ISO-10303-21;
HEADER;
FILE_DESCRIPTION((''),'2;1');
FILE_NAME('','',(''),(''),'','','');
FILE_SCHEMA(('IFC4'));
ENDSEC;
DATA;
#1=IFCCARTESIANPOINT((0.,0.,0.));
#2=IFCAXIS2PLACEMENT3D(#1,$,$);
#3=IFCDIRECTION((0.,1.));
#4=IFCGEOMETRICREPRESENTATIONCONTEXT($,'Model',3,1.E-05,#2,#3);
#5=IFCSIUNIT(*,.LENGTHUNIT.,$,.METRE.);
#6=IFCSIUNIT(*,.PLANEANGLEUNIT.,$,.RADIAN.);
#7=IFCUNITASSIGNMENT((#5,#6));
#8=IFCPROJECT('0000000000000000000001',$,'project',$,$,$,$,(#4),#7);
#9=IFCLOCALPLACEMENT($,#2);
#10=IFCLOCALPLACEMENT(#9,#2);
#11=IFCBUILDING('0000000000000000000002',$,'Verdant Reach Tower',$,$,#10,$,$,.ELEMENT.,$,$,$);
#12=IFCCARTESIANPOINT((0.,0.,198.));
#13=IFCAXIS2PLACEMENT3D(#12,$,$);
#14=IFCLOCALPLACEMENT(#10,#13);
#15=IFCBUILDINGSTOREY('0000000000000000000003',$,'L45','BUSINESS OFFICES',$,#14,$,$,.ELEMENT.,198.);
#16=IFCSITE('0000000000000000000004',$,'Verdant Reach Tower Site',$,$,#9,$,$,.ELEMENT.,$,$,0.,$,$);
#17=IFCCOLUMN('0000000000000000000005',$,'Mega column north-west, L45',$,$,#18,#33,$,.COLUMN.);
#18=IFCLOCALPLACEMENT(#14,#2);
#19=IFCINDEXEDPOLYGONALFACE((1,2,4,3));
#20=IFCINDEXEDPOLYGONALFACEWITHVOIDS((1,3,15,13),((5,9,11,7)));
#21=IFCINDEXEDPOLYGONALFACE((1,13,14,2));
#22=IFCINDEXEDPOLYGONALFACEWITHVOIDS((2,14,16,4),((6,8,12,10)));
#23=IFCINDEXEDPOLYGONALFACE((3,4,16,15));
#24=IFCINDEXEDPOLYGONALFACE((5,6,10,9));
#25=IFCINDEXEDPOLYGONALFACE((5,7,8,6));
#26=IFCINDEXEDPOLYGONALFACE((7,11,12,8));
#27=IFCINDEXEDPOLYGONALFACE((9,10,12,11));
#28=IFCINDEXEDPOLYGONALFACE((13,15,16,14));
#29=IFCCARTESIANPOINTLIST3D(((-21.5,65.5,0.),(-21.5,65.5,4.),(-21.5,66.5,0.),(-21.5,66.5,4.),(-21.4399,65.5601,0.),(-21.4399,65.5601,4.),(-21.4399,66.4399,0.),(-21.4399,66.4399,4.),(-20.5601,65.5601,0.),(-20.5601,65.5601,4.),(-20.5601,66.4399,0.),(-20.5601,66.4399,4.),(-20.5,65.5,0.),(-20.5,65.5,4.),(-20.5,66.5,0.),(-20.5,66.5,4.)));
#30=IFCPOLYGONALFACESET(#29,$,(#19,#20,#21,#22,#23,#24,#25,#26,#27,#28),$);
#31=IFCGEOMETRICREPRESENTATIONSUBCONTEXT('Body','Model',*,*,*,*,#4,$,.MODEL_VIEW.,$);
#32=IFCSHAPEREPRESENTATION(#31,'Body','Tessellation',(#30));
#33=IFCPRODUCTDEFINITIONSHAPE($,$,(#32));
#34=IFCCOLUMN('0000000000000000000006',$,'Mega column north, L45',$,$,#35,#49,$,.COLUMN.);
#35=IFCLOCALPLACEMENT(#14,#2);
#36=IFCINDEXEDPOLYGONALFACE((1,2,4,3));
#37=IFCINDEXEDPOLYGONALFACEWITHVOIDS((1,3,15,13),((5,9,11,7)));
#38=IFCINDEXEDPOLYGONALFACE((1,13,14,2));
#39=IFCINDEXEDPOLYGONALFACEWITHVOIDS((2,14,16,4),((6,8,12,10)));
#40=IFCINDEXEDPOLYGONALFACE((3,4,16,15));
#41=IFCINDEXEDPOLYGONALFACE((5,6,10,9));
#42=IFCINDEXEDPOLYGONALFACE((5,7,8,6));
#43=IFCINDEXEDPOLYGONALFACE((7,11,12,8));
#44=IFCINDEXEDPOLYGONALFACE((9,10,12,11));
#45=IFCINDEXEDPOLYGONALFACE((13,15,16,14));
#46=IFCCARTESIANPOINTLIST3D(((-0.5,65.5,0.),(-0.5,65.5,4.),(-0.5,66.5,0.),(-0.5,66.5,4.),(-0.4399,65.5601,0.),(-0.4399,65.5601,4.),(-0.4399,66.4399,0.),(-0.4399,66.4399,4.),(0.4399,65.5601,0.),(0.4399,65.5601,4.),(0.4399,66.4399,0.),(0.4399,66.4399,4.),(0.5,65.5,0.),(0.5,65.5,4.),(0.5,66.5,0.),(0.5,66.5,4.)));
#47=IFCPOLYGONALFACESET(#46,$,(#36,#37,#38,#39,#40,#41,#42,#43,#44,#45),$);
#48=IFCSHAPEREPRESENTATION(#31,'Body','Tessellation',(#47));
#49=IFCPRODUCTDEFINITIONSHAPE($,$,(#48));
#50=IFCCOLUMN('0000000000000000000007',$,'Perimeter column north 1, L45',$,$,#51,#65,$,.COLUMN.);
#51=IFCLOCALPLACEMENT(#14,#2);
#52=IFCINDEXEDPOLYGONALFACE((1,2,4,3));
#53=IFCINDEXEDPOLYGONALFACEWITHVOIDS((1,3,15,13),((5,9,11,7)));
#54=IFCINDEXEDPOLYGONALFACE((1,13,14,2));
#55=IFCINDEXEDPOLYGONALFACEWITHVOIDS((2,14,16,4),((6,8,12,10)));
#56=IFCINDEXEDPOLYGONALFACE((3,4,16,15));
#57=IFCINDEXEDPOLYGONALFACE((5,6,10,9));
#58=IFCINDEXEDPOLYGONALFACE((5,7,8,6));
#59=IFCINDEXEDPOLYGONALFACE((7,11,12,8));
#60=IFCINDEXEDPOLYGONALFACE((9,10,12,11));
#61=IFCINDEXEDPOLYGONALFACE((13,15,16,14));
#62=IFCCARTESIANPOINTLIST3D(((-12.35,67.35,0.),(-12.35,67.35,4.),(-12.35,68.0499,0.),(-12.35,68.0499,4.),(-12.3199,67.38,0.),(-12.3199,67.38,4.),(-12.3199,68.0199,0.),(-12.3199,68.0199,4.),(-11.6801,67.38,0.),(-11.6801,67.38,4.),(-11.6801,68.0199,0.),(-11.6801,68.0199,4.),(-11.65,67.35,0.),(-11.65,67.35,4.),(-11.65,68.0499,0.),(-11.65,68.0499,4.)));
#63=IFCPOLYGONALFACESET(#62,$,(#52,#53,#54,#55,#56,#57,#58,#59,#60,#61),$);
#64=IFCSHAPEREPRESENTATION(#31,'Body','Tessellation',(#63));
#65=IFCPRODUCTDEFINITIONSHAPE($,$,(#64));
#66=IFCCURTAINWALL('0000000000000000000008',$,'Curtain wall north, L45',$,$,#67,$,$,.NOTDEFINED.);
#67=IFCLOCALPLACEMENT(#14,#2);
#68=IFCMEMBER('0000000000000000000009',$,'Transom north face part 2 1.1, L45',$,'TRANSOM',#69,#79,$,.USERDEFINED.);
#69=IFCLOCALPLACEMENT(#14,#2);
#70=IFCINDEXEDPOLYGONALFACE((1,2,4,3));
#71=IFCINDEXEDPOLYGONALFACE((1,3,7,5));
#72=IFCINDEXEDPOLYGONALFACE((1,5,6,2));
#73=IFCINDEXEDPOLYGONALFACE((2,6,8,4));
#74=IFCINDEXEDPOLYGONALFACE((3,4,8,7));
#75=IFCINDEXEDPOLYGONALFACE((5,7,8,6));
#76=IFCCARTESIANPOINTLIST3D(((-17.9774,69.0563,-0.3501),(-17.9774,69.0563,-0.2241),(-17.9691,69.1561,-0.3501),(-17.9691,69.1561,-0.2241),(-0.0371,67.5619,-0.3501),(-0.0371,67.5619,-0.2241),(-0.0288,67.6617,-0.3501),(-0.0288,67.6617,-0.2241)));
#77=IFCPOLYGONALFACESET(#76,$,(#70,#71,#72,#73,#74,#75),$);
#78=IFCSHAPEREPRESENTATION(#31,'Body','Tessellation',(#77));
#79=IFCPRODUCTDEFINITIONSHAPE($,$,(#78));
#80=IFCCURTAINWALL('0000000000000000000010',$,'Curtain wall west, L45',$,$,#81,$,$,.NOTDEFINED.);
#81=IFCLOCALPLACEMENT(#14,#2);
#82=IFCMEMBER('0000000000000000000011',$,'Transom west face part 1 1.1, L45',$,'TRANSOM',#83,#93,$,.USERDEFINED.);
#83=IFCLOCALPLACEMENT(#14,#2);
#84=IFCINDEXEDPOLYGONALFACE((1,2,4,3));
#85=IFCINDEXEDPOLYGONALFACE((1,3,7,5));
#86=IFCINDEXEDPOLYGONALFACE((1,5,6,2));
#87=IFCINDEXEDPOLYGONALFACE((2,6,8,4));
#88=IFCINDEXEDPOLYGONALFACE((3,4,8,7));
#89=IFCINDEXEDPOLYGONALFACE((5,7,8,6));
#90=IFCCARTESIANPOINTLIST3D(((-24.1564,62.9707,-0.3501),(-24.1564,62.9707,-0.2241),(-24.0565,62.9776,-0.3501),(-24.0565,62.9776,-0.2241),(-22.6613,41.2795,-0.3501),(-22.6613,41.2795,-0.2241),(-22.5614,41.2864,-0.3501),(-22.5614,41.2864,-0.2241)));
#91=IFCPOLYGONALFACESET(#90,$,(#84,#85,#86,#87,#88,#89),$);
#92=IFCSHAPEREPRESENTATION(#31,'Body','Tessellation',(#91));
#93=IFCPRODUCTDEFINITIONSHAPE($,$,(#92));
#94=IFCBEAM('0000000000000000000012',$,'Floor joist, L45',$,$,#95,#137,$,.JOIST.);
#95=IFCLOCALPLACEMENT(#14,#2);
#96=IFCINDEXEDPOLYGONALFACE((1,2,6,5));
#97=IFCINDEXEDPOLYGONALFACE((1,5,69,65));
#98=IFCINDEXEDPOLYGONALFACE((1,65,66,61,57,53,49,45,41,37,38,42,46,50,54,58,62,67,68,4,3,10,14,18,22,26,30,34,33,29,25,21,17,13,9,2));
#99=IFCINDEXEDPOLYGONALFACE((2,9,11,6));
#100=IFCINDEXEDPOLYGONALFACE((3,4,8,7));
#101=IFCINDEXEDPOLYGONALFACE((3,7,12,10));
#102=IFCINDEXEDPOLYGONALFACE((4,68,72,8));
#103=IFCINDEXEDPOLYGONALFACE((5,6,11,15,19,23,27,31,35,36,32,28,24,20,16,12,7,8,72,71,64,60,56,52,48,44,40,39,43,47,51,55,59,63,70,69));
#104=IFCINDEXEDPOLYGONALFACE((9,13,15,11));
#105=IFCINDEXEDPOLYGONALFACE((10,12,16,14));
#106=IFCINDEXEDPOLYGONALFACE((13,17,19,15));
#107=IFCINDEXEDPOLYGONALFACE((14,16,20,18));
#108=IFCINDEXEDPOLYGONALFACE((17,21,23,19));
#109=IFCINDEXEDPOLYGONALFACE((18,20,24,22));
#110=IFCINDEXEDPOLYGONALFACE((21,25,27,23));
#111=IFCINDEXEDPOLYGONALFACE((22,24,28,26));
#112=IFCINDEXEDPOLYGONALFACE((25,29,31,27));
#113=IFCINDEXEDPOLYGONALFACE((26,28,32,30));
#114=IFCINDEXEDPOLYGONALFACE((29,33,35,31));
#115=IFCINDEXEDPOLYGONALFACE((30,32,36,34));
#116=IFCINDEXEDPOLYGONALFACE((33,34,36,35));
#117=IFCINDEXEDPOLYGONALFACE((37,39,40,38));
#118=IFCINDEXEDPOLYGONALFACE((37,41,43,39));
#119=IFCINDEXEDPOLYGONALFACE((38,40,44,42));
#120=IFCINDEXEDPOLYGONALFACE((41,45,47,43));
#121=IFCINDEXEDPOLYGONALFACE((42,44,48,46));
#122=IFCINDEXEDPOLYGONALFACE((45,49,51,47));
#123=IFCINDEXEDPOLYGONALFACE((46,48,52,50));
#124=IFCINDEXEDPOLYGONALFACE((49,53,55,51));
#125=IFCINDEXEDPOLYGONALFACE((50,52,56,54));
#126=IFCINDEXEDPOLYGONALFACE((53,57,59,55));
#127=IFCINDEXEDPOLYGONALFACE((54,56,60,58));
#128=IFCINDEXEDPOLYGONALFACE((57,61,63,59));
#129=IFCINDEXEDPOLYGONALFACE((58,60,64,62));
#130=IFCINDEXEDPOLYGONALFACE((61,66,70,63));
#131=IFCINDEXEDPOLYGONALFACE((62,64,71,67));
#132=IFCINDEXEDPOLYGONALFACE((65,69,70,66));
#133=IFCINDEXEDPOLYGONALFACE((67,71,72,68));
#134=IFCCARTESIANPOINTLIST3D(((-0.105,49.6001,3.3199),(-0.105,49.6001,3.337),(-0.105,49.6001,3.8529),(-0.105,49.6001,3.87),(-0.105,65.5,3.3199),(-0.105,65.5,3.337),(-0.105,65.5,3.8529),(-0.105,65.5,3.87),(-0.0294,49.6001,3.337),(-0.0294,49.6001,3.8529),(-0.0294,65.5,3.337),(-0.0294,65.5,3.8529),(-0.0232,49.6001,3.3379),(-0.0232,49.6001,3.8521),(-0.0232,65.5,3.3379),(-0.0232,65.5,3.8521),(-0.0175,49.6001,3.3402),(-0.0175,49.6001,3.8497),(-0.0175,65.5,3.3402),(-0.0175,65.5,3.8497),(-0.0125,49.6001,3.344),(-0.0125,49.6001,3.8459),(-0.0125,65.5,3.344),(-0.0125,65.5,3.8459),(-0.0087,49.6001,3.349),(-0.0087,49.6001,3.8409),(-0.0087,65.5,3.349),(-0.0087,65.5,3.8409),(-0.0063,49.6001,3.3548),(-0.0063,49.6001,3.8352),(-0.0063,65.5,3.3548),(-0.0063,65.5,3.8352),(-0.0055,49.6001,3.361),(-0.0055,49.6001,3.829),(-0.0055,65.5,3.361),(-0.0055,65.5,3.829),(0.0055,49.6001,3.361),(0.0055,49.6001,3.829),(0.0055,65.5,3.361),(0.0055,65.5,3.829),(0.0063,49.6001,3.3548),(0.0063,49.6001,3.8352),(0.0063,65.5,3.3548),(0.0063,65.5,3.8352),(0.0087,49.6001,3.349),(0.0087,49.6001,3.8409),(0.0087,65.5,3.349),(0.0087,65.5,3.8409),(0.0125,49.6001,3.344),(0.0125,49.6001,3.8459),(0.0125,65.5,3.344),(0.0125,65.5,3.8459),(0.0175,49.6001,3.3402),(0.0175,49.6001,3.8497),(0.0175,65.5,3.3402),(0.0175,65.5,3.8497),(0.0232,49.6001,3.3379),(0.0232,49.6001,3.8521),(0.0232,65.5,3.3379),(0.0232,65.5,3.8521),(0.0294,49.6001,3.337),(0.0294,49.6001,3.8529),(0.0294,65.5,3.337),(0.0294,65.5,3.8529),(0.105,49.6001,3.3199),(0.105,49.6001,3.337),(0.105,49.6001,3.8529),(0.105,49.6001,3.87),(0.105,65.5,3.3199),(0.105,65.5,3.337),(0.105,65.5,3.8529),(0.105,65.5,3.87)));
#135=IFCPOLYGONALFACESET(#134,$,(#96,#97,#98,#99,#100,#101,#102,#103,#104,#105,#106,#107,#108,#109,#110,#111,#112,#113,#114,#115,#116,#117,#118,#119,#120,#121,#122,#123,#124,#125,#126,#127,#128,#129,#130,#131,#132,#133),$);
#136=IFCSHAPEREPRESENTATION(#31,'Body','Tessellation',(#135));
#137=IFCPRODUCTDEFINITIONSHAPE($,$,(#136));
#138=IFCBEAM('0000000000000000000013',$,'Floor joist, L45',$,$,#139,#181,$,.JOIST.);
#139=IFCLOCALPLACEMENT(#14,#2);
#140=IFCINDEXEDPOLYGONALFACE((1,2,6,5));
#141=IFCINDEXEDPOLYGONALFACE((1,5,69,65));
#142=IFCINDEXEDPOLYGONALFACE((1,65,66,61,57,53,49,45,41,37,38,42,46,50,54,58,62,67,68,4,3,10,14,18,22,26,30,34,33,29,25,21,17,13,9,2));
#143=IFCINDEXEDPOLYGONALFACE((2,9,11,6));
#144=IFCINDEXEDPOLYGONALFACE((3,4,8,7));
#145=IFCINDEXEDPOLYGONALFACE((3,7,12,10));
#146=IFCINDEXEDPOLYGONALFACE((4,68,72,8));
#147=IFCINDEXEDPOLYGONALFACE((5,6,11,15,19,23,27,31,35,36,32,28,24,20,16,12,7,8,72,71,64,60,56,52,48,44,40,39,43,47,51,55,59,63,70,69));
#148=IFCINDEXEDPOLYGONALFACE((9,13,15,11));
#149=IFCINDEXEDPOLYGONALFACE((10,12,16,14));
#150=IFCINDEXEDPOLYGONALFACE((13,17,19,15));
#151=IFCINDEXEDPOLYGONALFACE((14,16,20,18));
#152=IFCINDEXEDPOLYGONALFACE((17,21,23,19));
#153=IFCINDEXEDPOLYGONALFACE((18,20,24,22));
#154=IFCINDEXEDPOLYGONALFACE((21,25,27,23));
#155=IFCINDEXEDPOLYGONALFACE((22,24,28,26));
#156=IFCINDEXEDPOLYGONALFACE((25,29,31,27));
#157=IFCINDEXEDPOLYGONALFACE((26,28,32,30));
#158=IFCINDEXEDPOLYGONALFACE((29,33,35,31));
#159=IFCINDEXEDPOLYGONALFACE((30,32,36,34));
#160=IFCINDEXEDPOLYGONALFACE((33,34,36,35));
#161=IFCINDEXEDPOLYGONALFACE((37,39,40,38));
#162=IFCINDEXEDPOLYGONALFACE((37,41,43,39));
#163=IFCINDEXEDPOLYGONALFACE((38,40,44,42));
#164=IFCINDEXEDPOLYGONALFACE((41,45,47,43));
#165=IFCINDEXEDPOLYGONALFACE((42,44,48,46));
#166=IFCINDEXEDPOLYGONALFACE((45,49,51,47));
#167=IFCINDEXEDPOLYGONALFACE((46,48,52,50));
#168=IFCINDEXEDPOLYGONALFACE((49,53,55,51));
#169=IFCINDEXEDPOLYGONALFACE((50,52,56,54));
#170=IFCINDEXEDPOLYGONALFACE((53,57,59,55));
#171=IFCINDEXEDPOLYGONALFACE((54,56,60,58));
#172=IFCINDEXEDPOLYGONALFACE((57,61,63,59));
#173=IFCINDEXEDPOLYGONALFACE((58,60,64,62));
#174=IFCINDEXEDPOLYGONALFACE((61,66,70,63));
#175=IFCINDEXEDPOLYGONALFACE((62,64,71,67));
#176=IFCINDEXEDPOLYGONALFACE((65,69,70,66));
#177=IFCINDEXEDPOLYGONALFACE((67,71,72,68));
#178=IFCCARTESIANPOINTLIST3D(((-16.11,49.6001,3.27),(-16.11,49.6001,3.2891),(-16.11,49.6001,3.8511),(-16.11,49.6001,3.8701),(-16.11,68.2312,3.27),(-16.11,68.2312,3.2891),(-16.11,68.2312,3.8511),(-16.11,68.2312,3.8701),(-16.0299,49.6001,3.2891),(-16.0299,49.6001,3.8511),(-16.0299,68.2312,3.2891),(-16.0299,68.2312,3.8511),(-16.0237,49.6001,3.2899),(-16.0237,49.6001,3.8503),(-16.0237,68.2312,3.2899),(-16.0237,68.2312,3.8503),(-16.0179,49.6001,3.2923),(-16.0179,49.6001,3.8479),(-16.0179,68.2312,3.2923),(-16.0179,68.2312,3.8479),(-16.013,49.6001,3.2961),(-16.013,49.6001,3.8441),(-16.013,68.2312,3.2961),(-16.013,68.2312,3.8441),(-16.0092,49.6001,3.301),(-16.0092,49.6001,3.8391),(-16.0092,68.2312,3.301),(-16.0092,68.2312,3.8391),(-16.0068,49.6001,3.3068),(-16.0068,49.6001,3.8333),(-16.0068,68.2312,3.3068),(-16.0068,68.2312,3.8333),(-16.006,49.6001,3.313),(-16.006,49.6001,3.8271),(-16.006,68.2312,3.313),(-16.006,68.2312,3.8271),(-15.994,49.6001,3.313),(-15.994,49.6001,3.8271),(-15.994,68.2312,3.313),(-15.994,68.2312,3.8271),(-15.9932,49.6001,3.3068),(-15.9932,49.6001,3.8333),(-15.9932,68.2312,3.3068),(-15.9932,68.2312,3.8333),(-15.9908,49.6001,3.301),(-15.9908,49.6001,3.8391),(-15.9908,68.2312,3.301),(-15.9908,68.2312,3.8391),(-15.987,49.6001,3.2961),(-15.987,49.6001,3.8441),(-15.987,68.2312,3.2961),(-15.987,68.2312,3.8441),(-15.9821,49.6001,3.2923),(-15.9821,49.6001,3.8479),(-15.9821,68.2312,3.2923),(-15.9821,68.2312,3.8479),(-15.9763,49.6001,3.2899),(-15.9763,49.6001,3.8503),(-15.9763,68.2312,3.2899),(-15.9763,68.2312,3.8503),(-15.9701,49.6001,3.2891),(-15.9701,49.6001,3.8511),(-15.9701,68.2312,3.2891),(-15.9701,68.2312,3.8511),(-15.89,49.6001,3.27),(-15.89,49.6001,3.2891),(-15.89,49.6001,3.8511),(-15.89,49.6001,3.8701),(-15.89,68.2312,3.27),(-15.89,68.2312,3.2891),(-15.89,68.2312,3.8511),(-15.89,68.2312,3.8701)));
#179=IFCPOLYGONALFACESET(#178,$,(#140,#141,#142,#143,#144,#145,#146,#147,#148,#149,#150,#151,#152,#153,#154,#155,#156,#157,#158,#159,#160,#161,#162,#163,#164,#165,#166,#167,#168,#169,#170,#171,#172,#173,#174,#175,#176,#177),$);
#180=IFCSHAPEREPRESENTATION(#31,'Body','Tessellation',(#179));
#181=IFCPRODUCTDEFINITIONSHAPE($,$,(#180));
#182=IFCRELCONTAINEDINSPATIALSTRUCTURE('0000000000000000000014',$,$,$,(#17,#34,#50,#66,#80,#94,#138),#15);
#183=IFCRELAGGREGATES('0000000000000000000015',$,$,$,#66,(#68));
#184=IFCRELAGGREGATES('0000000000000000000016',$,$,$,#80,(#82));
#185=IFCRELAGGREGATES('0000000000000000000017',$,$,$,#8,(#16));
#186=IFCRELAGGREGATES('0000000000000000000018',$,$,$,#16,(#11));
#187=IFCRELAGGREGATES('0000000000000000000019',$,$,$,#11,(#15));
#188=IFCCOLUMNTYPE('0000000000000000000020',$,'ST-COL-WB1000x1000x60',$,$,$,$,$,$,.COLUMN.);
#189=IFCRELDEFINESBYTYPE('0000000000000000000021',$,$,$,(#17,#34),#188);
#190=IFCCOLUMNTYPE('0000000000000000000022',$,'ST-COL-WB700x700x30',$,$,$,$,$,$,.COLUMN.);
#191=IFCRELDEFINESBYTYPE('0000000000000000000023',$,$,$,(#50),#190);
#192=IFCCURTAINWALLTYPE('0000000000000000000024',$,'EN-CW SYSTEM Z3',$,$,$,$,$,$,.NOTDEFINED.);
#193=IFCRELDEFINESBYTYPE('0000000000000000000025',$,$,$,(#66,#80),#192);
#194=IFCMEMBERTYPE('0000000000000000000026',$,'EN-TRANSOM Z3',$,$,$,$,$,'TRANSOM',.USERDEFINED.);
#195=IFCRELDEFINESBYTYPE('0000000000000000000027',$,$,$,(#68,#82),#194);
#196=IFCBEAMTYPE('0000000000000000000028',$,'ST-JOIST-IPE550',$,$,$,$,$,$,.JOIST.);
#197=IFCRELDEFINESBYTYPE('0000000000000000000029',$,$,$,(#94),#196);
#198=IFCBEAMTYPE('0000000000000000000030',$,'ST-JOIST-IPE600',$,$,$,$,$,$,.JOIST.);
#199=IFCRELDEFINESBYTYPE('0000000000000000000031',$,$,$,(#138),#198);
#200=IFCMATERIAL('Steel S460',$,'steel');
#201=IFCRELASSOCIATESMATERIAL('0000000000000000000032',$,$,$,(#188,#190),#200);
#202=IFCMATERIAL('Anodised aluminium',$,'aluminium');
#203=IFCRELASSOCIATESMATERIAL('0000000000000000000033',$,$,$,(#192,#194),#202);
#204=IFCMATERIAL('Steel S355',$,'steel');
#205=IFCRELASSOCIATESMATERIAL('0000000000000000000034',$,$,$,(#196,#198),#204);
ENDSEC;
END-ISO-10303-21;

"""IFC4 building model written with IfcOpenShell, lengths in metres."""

from ifc_helpers import new_model, si_unit, direction, frame, origin, origin_2d, place, context, subcontext, project, spatial, rectangle, hollow_rectangle, i_section, extrude, material, material_profile, profile_set, type_object, element, aggregate, save


model = new_model("IFC4")

# Units and contexts
model_context = context("Model", 3, precision=1e-05, world=origin(), true_north=direction((0.0, 1.0)))
body_context = subcontext(model_context, "Body", "Model", "MODEL_VIEW")
ifc_project = project(units=[si_unit("LENGTHUNIT", "METRE"), si_unit("PLANEANGLEUNIT", "RADIAN")], contexts=[model_context])

# Site, building, storey
site_placement = place(None, origin())
site = spatial("IfcSite", under=ifc_project, at=site_placement, Name="Verdant Reach Tower Site", CompositionType="ELEMENT", RefElevation=0.0)
building_placement = place(site_placement, origin())
building = spatial("IfcBuilding", under=site, at=building_placement, Name="Verdant Reach Tower", CompositionType="ELEMENT")
storey_placement = place(building_placement, frame((0.0, 0.0, 198.0)))
storey = spatial("IfcBuildingStorey", under=building, at=storey_placement, Name="L45", Description="BUSINESS OFFICES", CompositionType="ELEMENT", Elevation=198.0)

# Columns
ifc_material_1 = material(Name="Steel S460", Category="steel")
ifc_material_profile_1 = material_profile(ifc_material_1, hollow_rectangle(XDim=1.0, YDim=1.0, WallThickness=0.0601, at=origin_2d()), Name="WB 1000x1000x60")
ifc_profile_set_1 = profile_set([ifc_material_profile_1], Name="Steel S460")
column_type_1 = type_object("IfcColumnType", Name="ST-COL-WB1000x1000x60", PredefinedType="COLUMN", material=ifc_profile_set_1)
for number, where, z_axis, x_axis, name in (
    (1, (-21.0, 66.0, 0.0), (0.0, 0.0, 1.0), (1.0, 0.0, 0.0), "Mega column north-west, L45"),
    (2, (0.0, 66.0, 0.0), (0.0, 0.0, 1.0), (1.0, 0.0, 0.0), "Mega column north, L45"),
):
    element("IfcColumn", number, at=place(storey_placement, frame(where, z_axis=z_axis, x_axis=x_axis)), inside=storey, type_object=column_type_1, Name=name, PredefinedType="COLUMN", context=body_context, shape_type="SweptSolid", body=[
        extrude(hollow_rectangle(XDim=1.0, YDim=1.0, WallThickness=0.0601, at=origin_2d()), origin(), (0.0, 0.0, 1.0), 4.0),
    ])
ifc_material_profile_2 = material_profile(ifc_material_1, hollow_rectangle(XDim=0.7, YDim=0.7, WallThickness=0.03, at=origin_2d()), Name="WB 700x700x30")
ifc_profile_set_2 = profile_set([ifc_material_profile_2], Name="Steel S460")
column_type_2 = type_object("IfcColumnType", Name="ST-COL-WB700x700x30", PredefinedType="COLUMN", material=ifc_profile_set_2)
column_placement = place(storey_placement, frame((-12.0, 67.7, 0.0), z_axis=(0.0, 0.0, 1.0), x_axis=(1.0, 0.0, 0.0)))
element("IfcColumn", 3, at=column_placement, inside=storey, type_object=column_type_2, Name="Perimeter column north 1, L45", PredefinedType="COLUMN", context=body_context, shape_type="SweptSolid", body=[
    extrude(hollow_rectangle(XDim=0.7, YDim=0.7, WallThickness=0.03, at=origin_2d()), origin(), (0.0, 0.0, 1.0), 4.0),
])

# Curtain walls, members
ifc_material_2 = material(Name="Anodised aluminium", Category="aluminium")
curtain_wall_type = type_object("IfcCurtainWallType", Name="EN-CW SYSTEM Z3", PredefinedType="NOTDEFINED", material=ifc_material_2)
curtain_wall_1_placement = place(storey_placement, origin())
curtain_wall_1 = element("IfcCurtainWall", 4, at=curtain_wall_1_placement, inside=storey, type_object=curtain_wall_type, Name="Curtain wall north, L45", PredefinedType="NOTDEFINED")
ifc_material_profile_3 = material_profile(ifc_material_2, rectangle(XDim=0.1001, YDim=0.126, at=origin_2d()), Name="Transom 126x100")
ifc_profile_set_3 = profile_set([ifc_material_profile_3], Name="Anodised aluminium")
member_type = type_object("IfcMemberType", Name="EN-TRANSOM Z3", ElementType="TRANSOM", PredefinedType="USERDEFINED", material=ifc_profile_set_3)
member_1_placement = place(storey_placement, frame((-0.033, 67.6118, -0.2871), z_axis=(-0.996549, 0.08301, 0.0), x_axis=(-0.08301, -0.996549, 0.0)))
member_1 = element("IfcMember", 5, at=member_1_placement, type_object=member_type, Name="Transom north face part 2 1.1, L45", ObjectType="TRANSOM", PredefinedType="USERDEFINED", context=body_context, shape_type="SweptSolid", body=[
    extrude(rectangle(XDim=0.1001, YDim=0.126, at=origin_2d()), origin(), (0.0, 0.0, 1.0), 18.0024),
])
curtain_wall_2_placement = place(storey_placement, origin())
curtain_wall_2 = element("IfcCurtainWall", 6, at=curtain_wall_2_placement, inside=storey, type_object=curtain_wall_type, Name="Curtain wall west, L45", PredefinedType="NOTDEFINED")
member_2_placement = place(storey_placement, frame((-24.1064, 62.9741, -0.2871), z_axis=(0.068764, -0.997633, 0.0), x_axis=(0.997633, 0.068764, 0.0)))
member_2 = element("IfcMember", 7, at=member_2_placement, type_object=member_type, Name="Transom west face part 1 1.1, L45", ObjectType="TRANSOM", PredefinedType="USERDEFINED", context=body_context, shape_type="SweptSolid", body=[
    extrude(rectangle(XDim=0.1001, YDim=0.126, at=origin_2d()), origin(), (0.0, 0.0, 1.0), 21.7427),
])

# Beams
ifc_material_3 = material(Name="Steel S355", Category="steel")
ifc_material_profile_4 = material_profile(ifc_material_3, i_section(OverallWidth=0.21, OverallDepth=0.55, WebThickness=0.011, FlangeThickness=0.0171, FilletRadius=0.0239, at=origin_2d()), Name="IPE 550")
ifc_profile_set_4 = profile_set([ifc_material_profile_4], Name="Steel S355")
beam_type_1 = type_object("IfcBeamType", Name="ST-JOIST-IPE550", PredefinedType="JOIST", material=ifc_profile_set_4)
beam_1_placement = place(storey_placement, frame((0.0, 49.6001, 3.595), z_axis=(0.0, 1.0, 0.0), x_axis=(-1.0, 0.0, 0.0)))
element("IfcBeam", 8, at=beam_1_placement, inside=storey, type_object=beam_type_1, Name="Floor joist, L45", PredefinedType="JOIST", context=body_context, shape_type="SweptSolid", body=[
    extrude(i_section(OverallWidth=0.21, OverallDepth=0.55, WebThickness=0.011, FlangeThickness=0.0171, FilletRadius=0.0239, at=origin_2d()), origin(), (0.0, 0.0, 1.0), 15.8999),
])
ifc_material_profile_5 = material_profile(ifc_material_3, i_section(OverallWidth=0.22, OverallDepth=0.6001, WebThickness=0.012, FlangeThickness=0.019, FilletRadius=0.0239, at=origin_2d()), Name="IPE 600")
ifc_profile_set_5 = profile_set([ifc_material_profile_5], Name="Steel S355")
beam_type_2 = type_object("IfcBeamType", Name="ST-JOIST-IPE600", PredefinedType="JOIST", material=ifc_profile_set_5)
beam_2_placement = place(storey_placement, frame((-16.0, 49.6001, 3.5701), z_axis=(0.0, 1.0, 0.0), x_axis=(-1.0, 0.0, 0.0)))
element("IfcBeam", 9, at=beam_2_placement, inside=storey, type_object=beam_type_2, Name="Floor joist, L45", PredefinedType="JOIST", context=body_context, shape_type="SweptSolid", body=[
    extrude(i_section(OverallWidth=0.22, OverallDepth=0.6001, WebThickness=0.012, FlangeThickness=0.019, FilletRadius=0.0239, at=origin_2d()), origin(), (0.0, 0.0, 1.0), 18.6311),
])

aggregate(curtain_wall_1, [member_1])
aggregate(curtain_wall_2, [member_2])

save(model, "model.ifc")
